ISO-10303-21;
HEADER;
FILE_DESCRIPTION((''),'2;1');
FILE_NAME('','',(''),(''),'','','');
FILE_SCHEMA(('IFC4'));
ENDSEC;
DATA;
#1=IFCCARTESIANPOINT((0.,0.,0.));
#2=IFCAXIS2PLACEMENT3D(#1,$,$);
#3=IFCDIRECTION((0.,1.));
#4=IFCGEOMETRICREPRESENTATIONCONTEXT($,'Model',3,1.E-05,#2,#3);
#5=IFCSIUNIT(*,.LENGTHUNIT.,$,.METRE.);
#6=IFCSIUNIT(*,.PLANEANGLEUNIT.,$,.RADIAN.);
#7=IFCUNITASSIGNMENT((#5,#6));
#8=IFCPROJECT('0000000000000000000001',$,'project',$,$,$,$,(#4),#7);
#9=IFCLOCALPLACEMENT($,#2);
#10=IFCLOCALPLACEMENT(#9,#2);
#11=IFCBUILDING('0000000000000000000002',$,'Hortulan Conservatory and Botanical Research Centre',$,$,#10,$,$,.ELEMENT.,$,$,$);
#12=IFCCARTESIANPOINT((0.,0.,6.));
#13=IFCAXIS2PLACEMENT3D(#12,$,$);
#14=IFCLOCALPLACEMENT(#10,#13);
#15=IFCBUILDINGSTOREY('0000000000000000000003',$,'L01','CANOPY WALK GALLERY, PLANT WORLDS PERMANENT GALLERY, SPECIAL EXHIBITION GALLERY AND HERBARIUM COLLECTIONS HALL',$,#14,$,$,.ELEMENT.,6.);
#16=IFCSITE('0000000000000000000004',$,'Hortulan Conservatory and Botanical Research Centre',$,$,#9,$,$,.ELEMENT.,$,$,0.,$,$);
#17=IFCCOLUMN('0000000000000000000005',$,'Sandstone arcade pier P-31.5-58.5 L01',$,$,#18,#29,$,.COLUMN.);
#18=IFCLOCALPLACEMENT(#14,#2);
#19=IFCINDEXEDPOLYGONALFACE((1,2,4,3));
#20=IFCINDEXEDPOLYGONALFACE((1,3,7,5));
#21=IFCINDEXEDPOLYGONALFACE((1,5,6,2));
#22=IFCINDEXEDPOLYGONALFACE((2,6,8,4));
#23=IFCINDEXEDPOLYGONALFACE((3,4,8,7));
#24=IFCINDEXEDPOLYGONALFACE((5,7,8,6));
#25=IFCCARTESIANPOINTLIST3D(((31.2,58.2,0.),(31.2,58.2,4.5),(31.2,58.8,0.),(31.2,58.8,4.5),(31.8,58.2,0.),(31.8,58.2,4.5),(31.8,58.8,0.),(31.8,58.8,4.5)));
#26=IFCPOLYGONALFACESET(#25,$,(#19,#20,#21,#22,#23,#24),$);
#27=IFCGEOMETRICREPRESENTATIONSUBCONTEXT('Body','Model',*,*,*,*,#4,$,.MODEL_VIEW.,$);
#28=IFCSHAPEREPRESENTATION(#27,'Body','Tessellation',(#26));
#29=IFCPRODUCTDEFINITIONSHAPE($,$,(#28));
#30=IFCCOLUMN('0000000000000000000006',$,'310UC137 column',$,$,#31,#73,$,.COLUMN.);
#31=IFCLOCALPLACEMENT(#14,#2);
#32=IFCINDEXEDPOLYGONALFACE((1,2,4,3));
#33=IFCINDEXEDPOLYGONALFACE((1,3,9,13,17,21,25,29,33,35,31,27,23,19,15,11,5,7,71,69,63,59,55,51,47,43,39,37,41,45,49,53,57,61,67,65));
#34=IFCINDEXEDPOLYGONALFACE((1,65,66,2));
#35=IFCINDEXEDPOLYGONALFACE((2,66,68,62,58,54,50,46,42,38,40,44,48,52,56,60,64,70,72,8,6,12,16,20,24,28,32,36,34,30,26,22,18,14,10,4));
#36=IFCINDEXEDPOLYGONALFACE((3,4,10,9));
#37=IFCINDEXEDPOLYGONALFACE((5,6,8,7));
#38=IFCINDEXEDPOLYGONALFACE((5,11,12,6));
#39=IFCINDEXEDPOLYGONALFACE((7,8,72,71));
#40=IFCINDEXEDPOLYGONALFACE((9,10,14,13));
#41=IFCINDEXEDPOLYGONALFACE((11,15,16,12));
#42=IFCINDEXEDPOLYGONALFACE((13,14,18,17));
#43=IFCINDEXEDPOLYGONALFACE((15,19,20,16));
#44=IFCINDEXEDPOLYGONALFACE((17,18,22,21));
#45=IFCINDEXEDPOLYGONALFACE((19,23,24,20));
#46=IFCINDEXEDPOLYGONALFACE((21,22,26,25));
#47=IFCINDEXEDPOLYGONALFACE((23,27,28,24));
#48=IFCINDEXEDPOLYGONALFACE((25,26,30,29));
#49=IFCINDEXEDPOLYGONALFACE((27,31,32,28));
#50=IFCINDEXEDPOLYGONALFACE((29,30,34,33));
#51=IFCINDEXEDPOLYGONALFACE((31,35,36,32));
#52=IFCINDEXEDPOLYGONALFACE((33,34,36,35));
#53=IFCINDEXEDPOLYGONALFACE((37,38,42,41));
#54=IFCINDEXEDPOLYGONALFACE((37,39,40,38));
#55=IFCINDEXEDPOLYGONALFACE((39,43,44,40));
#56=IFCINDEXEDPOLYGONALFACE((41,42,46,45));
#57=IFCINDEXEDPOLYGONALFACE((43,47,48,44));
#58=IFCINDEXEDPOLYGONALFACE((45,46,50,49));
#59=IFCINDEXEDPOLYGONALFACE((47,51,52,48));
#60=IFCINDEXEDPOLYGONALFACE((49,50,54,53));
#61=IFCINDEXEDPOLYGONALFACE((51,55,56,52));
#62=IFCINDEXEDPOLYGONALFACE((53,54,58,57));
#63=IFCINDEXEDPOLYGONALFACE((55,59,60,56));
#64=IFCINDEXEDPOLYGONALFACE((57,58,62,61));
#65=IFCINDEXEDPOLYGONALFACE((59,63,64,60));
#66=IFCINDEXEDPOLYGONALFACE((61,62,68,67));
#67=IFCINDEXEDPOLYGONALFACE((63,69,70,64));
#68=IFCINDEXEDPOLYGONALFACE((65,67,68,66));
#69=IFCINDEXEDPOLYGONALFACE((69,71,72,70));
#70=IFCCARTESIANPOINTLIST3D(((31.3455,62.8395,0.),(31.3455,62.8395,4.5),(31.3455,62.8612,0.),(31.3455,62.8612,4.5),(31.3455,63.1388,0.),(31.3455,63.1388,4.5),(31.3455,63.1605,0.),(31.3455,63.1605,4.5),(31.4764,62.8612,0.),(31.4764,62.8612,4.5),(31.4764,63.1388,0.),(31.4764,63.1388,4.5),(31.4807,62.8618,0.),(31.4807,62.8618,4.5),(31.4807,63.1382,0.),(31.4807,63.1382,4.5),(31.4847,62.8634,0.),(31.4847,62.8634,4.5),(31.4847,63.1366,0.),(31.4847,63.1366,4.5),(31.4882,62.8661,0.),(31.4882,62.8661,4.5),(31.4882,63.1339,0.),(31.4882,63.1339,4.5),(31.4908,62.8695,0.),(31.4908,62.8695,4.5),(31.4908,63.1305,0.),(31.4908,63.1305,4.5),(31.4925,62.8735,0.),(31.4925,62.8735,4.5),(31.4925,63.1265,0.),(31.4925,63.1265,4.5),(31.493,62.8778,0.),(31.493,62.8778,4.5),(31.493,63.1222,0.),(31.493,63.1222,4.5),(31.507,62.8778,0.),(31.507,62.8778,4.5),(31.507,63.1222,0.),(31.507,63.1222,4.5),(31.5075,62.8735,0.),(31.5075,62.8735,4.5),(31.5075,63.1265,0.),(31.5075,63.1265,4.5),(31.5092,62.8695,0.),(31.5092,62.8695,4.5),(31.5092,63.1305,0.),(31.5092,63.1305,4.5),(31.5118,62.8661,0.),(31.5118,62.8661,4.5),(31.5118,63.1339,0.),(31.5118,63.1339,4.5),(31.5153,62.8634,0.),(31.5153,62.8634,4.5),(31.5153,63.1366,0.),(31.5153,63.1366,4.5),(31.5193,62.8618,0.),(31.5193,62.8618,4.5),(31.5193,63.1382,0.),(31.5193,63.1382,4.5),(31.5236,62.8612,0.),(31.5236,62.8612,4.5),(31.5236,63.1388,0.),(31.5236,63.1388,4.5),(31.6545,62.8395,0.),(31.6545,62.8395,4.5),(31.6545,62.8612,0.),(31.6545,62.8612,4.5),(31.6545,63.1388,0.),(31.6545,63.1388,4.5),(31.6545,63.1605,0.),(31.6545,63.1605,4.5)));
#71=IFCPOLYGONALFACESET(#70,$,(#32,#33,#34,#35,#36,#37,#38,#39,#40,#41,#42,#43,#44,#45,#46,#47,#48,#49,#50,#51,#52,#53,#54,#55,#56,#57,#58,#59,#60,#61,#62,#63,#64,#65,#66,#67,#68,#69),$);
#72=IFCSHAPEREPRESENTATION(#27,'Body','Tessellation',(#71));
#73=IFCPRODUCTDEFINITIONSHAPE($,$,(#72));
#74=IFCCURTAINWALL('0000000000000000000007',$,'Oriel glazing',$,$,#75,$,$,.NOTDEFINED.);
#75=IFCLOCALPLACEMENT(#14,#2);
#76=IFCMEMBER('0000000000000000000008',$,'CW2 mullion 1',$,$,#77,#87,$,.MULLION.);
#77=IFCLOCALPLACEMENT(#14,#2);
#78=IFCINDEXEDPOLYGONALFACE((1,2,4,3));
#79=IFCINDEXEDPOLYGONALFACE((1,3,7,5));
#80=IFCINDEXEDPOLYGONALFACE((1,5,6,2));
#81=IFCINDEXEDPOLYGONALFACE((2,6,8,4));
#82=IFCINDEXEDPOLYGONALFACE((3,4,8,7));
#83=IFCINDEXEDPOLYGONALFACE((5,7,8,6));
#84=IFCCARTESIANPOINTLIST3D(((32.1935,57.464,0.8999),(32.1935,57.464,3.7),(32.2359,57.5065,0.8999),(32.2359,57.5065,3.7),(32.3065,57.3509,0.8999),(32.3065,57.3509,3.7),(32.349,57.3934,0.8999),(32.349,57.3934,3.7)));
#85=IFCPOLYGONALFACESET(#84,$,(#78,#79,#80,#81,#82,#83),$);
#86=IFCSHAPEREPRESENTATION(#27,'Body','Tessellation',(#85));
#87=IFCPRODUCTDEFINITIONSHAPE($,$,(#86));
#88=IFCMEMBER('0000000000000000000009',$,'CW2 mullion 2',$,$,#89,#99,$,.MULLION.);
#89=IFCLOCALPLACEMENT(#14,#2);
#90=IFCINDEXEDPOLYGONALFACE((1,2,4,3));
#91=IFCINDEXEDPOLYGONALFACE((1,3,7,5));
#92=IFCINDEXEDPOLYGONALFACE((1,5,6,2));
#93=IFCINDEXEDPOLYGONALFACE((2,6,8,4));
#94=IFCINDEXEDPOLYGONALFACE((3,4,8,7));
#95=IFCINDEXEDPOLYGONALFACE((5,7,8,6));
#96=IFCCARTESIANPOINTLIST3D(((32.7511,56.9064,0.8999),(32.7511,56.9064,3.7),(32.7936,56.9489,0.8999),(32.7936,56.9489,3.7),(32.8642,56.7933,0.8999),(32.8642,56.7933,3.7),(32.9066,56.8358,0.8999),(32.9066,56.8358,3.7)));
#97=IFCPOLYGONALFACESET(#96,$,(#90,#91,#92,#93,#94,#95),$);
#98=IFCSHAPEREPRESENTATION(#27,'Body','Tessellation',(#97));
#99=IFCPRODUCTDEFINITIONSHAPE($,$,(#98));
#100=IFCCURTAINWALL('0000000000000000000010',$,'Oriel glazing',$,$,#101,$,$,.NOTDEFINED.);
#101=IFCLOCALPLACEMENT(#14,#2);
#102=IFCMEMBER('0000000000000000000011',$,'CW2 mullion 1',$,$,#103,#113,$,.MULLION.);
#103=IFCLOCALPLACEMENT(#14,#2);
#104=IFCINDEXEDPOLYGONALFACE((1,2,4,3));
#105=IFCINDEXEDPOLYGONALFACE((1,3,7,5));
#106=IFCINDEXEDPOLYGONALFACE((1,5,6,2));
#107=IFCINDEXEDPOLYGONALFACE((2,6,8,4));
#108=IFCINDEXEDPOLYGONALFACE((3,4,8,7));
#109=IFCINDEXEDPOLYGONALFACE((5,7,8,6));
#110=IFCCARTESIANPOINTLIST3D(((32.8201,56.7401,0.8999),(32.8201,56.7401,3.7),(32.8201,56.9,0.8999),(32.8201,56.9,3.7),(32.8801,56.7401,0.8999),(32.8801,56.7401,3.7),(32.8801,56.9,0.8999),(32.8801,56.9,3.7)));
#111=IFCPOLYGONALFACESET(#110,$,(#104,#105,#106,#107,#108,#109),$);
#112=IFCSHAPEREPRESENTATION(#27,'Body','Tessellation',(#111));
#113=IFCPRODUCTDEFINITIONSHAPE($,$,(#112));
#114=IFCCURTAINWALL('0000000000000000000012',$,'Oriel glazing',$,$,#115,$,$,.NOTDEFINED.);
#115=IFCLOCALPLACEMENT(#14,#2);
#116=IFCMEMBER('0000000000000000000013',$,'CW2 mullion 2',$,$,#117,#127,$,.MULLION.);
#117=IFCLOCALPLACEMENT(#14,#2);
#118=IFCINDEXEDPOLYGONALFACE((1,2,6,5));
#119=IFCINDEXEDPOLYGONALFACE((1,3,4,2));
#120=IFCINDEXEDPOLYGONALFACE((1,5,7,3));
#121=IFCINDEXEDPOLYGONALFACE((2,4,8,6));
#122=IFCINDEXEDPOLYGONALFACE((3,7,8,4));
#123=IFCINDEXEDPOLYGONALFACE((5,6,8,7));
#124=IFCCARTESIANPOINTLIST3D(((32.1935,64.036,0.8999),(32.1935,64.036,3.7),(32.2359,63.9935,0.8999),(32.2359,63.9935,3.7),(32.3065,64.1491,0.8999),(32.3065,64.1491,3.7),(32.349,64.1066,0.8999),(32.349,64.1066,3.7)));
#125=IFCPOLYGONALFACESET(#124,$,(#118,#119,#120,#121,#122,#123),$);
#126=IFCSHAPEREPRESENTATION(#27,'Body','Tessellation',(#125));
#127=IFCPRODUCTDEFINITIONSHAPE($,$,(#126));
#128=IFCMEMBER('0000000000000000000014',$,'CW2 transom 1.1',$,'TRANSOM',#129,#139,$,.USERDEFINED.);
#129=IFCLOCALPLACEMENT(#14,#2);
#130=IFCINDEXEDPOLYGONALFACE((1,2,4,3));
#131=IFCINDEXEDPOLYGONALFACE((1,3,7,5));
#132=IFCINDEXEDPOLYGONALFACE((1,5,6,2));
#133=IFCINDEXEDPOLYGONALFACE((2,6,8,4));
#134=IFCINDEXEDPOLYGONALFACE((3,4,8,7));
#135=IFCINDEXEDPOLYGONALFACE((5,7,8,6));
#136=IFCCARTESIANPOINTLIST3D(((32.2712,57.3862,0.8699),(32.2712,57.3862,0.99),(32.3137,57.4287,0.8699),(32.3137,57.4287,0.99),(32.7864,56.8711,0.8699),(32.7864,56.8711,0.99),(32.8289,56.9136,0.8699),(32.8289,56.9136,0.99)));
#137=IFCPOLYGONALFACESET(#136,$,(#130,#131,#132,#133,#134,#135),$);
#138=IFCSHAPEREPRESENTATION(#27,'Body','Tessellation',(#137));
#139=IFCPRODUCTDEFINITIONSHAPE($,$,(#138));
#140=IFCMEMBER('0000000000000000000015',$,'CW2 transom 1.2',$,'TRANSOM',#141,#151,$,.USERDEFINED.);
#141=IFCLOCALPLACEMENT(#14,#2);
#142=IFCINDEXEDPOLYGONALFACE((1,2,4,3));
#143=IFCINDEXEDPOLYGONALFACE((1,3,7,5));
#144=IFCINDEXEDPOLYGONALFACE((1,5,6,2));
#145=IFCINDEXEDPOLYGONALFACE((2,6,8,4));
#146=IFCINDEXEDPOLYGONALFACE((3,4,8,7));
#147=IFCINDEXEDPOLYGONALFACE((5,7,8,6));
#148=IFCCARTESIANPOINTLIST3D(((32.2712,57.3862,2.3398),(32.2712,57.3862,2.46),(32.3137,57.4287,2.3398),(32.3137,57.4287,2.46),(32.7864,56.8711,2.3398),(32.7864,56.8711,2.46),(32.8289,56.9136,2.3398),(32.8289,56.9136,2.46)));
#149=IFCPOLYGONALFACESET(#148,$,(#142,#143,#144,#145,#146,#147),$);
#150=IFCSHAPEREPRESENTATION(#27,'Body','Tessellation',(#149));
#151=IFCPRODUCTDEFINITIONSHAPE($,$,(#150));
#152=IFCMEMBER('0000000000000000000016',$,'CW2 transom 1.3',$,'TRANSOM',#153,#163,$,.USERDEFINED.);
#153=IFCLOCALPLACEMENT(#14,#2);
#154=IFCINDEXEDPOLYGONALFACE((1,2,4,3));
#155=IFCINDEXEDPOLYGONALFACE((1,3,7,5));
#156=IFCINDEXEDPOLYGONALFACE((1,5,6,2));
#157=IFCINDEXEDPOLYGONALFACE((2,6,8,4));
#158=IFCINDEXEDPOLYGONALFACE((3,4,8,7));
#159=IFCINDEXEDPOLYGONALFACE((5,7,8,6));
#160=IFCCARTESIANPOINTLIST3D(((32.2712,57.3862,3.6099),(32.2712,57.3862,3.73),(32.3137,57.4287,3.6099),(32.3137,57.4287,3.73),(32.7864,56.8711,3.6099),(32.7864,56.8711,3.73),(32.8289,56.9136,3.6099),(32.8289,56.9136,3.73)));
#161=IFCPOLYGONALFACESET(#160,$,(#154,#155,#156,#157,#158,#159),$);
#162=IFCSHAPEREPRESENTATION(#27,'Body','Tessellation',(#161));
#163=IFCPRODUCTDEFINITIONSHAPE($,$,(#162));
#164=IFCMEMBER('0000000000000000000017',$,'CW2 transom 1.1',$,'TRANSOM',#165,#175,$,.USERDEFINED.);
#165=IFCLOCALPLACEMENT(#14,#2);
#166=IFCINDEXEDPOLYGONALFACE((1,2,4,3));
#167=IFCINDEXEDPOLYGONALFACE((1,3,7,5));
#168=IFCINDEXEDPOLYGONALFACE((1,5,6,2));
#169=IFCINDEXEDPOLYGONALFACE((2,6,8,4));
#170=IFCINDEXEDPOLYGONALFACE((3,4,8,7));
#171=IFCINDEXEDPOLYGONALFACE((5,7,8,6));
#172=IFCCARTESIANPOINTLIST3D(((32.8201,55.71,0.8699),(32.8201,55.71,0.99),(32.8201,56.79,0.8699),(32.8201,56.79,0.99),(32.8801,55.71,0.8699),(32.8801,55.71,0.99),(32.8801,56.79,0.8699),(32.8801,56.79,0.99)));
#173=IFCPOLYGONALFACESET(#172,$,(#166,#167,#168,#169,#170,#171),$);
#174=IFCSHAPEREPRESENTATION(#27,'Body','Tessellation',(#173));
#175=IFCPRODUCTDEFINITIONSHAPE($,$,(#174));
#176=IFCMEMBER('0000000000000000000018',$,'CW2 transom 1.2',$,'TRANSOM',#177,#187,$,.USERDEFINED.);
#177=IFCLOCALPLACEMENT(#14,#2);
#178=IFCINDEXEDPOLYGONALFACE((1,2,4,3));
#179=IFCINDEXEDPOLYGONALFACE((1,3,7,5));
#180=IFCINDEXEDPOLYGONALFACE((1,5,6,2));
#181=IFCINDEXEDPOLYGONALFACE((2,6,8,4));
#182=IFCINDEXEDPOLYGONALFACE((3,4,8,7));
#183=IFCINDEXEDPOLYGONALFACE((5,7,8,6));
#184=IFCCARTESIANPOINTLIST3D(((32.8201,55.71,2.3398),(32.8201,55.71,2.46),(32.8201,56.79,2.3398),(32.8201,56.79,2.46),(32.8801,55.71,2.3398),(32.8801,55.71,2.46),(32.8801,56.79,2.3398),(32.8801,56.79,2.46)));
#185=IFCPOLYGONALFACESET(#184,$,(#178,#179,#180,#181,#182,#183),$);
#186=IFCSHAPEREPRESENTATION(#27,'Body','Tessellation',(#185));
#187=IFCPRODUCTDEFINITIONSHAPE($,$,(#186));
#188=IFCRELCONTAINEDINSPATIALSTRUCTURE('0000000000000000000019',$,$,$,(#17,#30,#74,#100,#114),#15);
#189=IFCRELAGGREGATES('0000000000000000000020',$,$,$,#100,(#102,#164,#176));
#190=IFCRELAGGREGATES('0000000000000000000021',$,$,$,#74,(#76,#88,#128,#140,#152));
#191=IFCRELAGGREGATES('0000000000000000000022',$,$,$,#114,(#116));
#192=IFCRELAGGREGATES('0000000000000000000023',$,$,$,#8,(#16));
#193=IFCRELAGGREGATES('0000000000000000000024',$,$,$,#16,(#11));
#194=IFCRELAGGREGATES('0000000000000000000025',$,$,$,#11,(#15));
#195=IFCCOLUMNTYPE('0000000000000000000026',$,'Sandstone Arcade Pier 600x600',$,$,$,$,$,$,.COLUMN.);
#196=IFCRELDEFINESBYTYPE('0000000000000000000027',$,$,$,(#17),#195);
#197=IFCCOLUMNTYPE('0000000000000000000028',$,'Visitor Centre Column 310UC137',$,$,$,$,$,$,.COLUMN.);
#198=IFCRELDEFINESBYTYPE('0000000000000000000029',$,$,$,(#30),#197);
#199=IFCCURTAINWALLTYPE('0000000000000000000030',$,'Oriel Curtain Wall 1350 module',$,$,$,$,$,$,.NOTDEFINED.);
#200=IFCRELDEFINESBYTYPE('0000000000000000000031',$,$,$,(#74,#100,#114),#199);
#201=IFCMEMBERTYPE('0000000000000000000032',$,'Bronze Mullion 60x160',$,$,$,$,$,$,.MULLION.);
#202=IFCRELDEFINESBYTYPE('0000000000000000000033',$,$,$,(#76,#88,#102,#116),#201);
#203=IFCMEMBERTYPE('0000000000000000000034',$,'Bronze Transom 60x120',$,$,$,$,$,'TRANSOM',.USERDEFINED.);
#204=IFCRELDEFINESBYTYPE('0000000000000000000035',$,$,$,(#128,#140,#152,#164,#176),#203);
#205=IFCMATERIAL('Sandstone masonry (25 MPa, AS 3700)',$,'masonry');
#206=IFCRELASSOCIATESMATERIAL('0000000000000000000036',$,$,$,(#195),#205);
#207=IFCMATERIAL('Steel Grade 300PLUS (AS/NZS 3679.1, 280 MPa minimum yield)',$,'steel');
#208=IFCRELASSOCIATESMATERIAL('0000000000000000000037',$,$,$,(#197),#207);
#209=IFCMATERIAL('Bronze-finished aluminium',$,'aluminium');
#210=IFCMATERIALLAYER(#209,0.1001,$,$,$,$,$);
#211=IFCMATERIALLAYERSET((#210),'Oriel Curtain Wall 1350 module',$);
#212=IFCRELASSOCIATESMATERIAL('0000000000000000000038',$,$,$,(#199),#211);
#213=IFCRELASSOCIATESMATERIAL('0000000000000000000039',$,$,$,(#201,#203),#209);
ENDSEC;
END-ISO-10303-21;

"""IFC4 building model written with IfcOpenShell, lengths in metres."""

from ifc_helpers import new_model, si_unit, direction, frame, origin, origin_2d, place, context, subcontext, project, spatial, rectangle, i_section, extrude, material, layer, layer_set, material_profile, profile_set, type_object, element, aggregate, save


model = new_model("IFC4")

# Units and contexts
model_context = context("Model", 3, precision=1e-05, world=origin(), true_north=direction((0.0, 1.0)))
body_context = subcontext(model_context, "Body", "Model", "MODEL_VIEW")
ifc_project = project(units=[si_unit("LENGTHUNIT", "METRE"), si_unit("PLANEANGLEUNIT", "RADIAN")], contexts=[model_context])

# Site, building, storey
site_placement = place(None, origin())
site = spatial("IfcSite", under=ifc_project, at=site_placement, Name="Hortulan Conservatory and Botanical Research Centre", CompositionType="ELEMENT", RefElevation=0.0)
building_placement = place(site_placement, origin())
building = spatial("IfcBuilding", under=site, at=building_placement, Name="Hortulan Conservatory and Botanical Research Centre", CompositionType="ELEMENT")
storey_placement = place(building_placement, frame((0.0, 0.0, 6.0)))
storey = spatial("IfcBuildingStorey", under=building, at=storey_placement, Name="L01", Description="CANOPY WALK GALLERY, PLANT WORLDS PERMANENT GALLERY, SPECIAL EXHIBITION GALLERY AND HERBARIUM COLLECTIONS HALL", CompositionType="ELEMENT", Elevation=6.0)

# Columns
ifc_material_1 = material(Name="Sandstone masonry (25 MPa, AS 3700)", Category="masonry")
ifc_material_profile_1 = material_profile(ifc_material_1, rectangle(XDim=0.6001, YDim=0.6001, at=origin_2d()), Name="Square pier 600")
ifc_profile_set_1 = profile_set([ifc_material_profile_1], Name="Sandstone masonry (25 MPa, AS 3700)")
column_type_1 = type_object("IfcColumnType", Name="Sandstone Arcade Pier 600x600", PredefinedType="COLUMN", material=ifc_profile_set_1)
column_1_placement = place(storey_placement, frame((31.5, 58.5, 0.0), z_axis=(0.0, 0.0, 1.0), x_axis=(1.0, 0.0, 0.0)))
element("IfcColumn", 1, at=column_1_placement, inside=storey, type_object=column_type_1, Name="Sandstone arcade pier P-31.5-58.5 L01", PredefinedType="COLUMN", context=body_context, shape_type="SweptSolid", body=[
    extrude(rectangle(XDim=0.6001, YDim=0.6001, at=origin_2d()), origin(), (0.0, 0.0, 1.0), 4.5),
])
ifc_material_2 = material(Name="Steel Grade 300PLUS (AS/NZS 3679.1, 280 MPa minimum yield)", Category="steel")
ifc_material_profile_2 = material_profile(ifc_material_2, i_section(OverallWidth=0.3091, OverallDepth=0.321, WebThickness=0.0139, FlangeThickness=0.0217, FilletRadius=0.0166, at=origin_2d()), Name="310UC137")
ifc_profile_set_2 = profile_set([ifc_material_profile_2], Name="Steel Grade 300PLUS (AS/NZS 3679.1, 280 MPa minimum yield)")
column_type_2 = type_object("IfcColumnType", Name="Visitor Centre Column 310UC137", PredefinedType="COLUMN", material=ifc_profile_set_2)
column_2_placement = place(storey_placement, frame((31.5, 63.0, 0.0), z_axis=(0.0, 0.0, 1.0), x_axis=(1.0, 0.0, 0.0)))
element("IfcColumn", 2, at=column_2_placement, inside=storey, type_object=column_type_2, Name="310UC137 column", PredefinedType="COLUMN", context=body_context, shape_type="SweptSolid", body=[
    extrude(i_section(OverallWidth=0.3091, OverallDepth=0.321, WebThickness=0.0139, FlangeThickness=0.0217, FilletRadius=0.0166, at=origin_2d()), origin(), (0.0, 0.0, 1.0), 4.5),
])

# Curtain wall, members
ifc_material_3 = material(Name="Bronze-finished aluminium", Category="aluminium")
ifc_layer_1 = layer(ifc_material_3, 0.1001)
ifc_layer_set_1 = layer_set([ifc_layer_1], Name="Oriel Curtain Wall 1350 module")
curtain_wall_type = type_object("IfcCurtainWallType", Name="Oriel Curtain Wall 1350 module", PredefinedType="NOTDEFINED", material=ifc_layer_set_1)
curtain_wall_1_placement = place(storey_placement, origin())
curtain_wall_1 = element("IfcCurtainWall", 3, at=curtain_wall_1_placement, inside=storey, type_object=curtain_wall_type, Name="Oriel glazing", PredefinedType="NOTDEFINED")
ifc_material_profile_3 = material_profile(ifc_material_3, rectangle(XDim=0.0601, YDim=0.1599, at=origin_2d()), Name="Bronze Mullion 60x160")
ifc_profile_set_3 = profile_set([ifc_material_profile_3], Name="Bronze-finished aluminium")
member_type_1 = type_object("IfcMemberType", Name="Bronze Mullion 60x160", PredefinedType="MULLION", material=ifc_profile_set_3)
member_1_placement = place(storey_placement, frame((32.2712, 57.4287, 0.8999), z_axis=(0.0, 0.0, 1.0), x_axis=(0.707107, 0.707107, 0.0)))
member_1 = element("IfcMember", 4, at=member_1_placement, type_object=member_type_1, Name="CW2 mullion 1", PredefinedType="MULLION", context=body_context, shape_type="SweptSolid", body=[
    extrude(rectangle(XDim=0.0601, YDim=0.1599, at=origin_2d()), origin(), (0.0, 0.0, 1.0), 2.8),
])
member_2_placement = place(storey_placement, frame((32.8289, 56.8711, 0.8999), z_axis=(0.0, 0.0, 1.0), x_axis=(0.707107, 0.707107, 0.0)))
member_2 = element("IfcMember", 5, at=member_2_placement, type_object=member_type_1, Name="CW2 mullion 2", PredefinedType="MULLION", context=body_context, shape_type="SweptSolid", body=[
    extrude(rectangle(XDim=0.0601, YDim=0.1599, at=origin_2d()), origin(), (0.0, 0.0, 1.0), 2.8),
])

# Curtain walls, members
curtain_wall_2_placement = place(storey_placement, origin())
curtain_wall_2 = element("IfcCurtainWall", 6, at=curtain_wall_2_placement, inside=storey, type_object=curtain_wall_type, Name="Oriel glazing", PredefinedType="NOTDEFINED")
member_3_placement = place(storey_placement, frame((32.8501, 56.8201, 0.8999), z_axis=(0.0, 0.0, 1.0), x_axis=(1.0, 0.0, 0.0)))
member_3 = element("IfcMember", 7, at=member_3_placement, type_object=member_type_1, Name="CW2 mullion 1", PredefinedType="MULLION", context=body_context, shape_type="SweptSolid", body=[
    extrude(rectangle(XDim=0.0601, YDim=0.1599, at=origin_2d()), origin(), (0.0, 0.0, 1.0), 2.8),
])
curtain_wall_3_placement = place(storey_placement, origin())
curtain_wall_3 = element("IfcCurtainWall", 8, at=curtain_wall_3_placement, inside=storey, type_object=curtain_wall_type, Name="Oriel glazing", PredefinedType="NOTDEFINED")
member_4_placement = place(storey_placement, frame((32.2712, 64.0713, 0.8999), z_axis=(0.0, 0.0, 1.0), x_axis=(0.707107, -0.707107, 0.0)))
member_4 = element("IfcMember", 9, at=member_4_placement, type_object=member_type_1, Name="CW2 mullion 2", PredefinedType="MULLION", context=body_context, shape_type="SweptSolid", body=[
    extrude(rectangle(XDim=0.0601, YDim=0.1599, at=origin_2d()), origin(), (0.0, 0.0, 1.0), 2.8),
])

# Members
ifc_material_profile_4 = material_profile(ifc_material_3, rectangle(XDim=0.0601, YDim=0.1201, at=origin_2d()), Name="Bronze Transom 60x120")
ifc_profile_set_4 = profile_set([ifc_material_profile_4], Name="Bronze-finished aluminium")
member_type_2 = type_object("IfcMemberType", Name="Bronze Transom 60x120", ElementType="TRANSOM", PredefinedType="USERDEFINED", material=ifc_profile_set_4)
member_5_placement = place(storey_placement, frame((32.2925, 57.4075, 0.9299), z_axis=(0.707107, -0.707107, 0.0), x_axis=(0.707107, 0.707107, 0.0)))
member_5 = element("IfcMember", 10, at=member_5_placement, type_object=member_type_2, Name="CW2 transom 1.1", ObjectType="TRANSOM", PredefinedType="USERDEFINED", context=body_context, shape_type="SweptSolid", body=[
    extrude(rectangle(XDim=0.0601, YDim=0.1201, at=origin_2d()), origin(), (0.0, 0.0, 1.0), 0.7285),
])
member_6_placement = place(storey_placement, frame((32.2925, 57.4075, 2.3999), z_axis=(0.707107, -0.707107, 0.0), x_axis=(0.707107, 0.707107, 0.0)))
member_6 = element("IfcMember", 11, at=member_6_placement, type_object=member_type_2, Name="CW2 transom 1.2", ObjectType="TRANSOM", PredefinedType="USERDEFINED", context=body_context, shape_type="SweptSolid", body=[
    extrude(rectangle(XDim=0.0601, YDim=0.1201, at=origin_2d()), origin(), (0.0, 0.0, 1.0), 0.7285),
])
member_7_placement = place(storey_placement, frame((32.2925, 57.4075, 3.6699), z_axis=(0.707107, -0.707107, 0.0), x_axis=(0.707107, 0.707107, 0.0)))
member_7 = element("IfcMember", 12, at=member_7_placement, type_object=member_type_2, Name="CW2 transom 1.3", ObjectType="TRANSOM", PredefinedType="USERDEFINED", context=body_context, shape_type="SweptSolid", body=[
    extrude(rectangle(XDim=0.0601, YDim=0.1201, at=origin_2d()), origin(), (0.0, 0.0, 1.0), 0.7285),
])
member_8_placement = place(storey_placement, frame((32.8501, 56.79, 0.9299), z_axis=(0.0, -1.0, 0.0), x_axis=(1.0, 0.0, 0.0)))
member_8 = element("IfcMember", 13, at=member_8_placement, type_object=member_type_2, Name="CW2 transom 1.1", ObjectType="TRANSOM", PredefinedType="USERDEFINED", context=body_context, shape_type="SweptSolid", body=[
    extrude(rectangle(XDim=0.0601, YDim=0.1201, at=origin_2d()), origin(), (0.0, 0.0, 1.0), 1.0801),
])
member_9_placement = place(storey_placement, frame((32.8501, 56.79, 2.3999), z_axis=(0.0, -1.0, 0.0), x_axis=(1.0, 0.0, 0.0)))
member_9 = element("IfcMember", 14, at=member_9_placement, type_object=member_type_2, Name="CW2 transom 1.2", ObjectType="TRANSOM", PredefinedType="USERDEFINED", context=body_context, shape_type="SweptSolid", body=[
    extrude(rectangle(XDim=0.0601, YDim=0.1201, at=origin_2d()), origin(), (0.0, 0.0, 1.0), 1.0801),
])
aggregate(curtain_wall_2, [member_3, member_8, member_9])

aggregate(curtain_wall_1, [member_1, member_2, member_5, member_6, member_7])
aggregate(curtain_wall_3, [member_4])

save(model, "model.ifc")
